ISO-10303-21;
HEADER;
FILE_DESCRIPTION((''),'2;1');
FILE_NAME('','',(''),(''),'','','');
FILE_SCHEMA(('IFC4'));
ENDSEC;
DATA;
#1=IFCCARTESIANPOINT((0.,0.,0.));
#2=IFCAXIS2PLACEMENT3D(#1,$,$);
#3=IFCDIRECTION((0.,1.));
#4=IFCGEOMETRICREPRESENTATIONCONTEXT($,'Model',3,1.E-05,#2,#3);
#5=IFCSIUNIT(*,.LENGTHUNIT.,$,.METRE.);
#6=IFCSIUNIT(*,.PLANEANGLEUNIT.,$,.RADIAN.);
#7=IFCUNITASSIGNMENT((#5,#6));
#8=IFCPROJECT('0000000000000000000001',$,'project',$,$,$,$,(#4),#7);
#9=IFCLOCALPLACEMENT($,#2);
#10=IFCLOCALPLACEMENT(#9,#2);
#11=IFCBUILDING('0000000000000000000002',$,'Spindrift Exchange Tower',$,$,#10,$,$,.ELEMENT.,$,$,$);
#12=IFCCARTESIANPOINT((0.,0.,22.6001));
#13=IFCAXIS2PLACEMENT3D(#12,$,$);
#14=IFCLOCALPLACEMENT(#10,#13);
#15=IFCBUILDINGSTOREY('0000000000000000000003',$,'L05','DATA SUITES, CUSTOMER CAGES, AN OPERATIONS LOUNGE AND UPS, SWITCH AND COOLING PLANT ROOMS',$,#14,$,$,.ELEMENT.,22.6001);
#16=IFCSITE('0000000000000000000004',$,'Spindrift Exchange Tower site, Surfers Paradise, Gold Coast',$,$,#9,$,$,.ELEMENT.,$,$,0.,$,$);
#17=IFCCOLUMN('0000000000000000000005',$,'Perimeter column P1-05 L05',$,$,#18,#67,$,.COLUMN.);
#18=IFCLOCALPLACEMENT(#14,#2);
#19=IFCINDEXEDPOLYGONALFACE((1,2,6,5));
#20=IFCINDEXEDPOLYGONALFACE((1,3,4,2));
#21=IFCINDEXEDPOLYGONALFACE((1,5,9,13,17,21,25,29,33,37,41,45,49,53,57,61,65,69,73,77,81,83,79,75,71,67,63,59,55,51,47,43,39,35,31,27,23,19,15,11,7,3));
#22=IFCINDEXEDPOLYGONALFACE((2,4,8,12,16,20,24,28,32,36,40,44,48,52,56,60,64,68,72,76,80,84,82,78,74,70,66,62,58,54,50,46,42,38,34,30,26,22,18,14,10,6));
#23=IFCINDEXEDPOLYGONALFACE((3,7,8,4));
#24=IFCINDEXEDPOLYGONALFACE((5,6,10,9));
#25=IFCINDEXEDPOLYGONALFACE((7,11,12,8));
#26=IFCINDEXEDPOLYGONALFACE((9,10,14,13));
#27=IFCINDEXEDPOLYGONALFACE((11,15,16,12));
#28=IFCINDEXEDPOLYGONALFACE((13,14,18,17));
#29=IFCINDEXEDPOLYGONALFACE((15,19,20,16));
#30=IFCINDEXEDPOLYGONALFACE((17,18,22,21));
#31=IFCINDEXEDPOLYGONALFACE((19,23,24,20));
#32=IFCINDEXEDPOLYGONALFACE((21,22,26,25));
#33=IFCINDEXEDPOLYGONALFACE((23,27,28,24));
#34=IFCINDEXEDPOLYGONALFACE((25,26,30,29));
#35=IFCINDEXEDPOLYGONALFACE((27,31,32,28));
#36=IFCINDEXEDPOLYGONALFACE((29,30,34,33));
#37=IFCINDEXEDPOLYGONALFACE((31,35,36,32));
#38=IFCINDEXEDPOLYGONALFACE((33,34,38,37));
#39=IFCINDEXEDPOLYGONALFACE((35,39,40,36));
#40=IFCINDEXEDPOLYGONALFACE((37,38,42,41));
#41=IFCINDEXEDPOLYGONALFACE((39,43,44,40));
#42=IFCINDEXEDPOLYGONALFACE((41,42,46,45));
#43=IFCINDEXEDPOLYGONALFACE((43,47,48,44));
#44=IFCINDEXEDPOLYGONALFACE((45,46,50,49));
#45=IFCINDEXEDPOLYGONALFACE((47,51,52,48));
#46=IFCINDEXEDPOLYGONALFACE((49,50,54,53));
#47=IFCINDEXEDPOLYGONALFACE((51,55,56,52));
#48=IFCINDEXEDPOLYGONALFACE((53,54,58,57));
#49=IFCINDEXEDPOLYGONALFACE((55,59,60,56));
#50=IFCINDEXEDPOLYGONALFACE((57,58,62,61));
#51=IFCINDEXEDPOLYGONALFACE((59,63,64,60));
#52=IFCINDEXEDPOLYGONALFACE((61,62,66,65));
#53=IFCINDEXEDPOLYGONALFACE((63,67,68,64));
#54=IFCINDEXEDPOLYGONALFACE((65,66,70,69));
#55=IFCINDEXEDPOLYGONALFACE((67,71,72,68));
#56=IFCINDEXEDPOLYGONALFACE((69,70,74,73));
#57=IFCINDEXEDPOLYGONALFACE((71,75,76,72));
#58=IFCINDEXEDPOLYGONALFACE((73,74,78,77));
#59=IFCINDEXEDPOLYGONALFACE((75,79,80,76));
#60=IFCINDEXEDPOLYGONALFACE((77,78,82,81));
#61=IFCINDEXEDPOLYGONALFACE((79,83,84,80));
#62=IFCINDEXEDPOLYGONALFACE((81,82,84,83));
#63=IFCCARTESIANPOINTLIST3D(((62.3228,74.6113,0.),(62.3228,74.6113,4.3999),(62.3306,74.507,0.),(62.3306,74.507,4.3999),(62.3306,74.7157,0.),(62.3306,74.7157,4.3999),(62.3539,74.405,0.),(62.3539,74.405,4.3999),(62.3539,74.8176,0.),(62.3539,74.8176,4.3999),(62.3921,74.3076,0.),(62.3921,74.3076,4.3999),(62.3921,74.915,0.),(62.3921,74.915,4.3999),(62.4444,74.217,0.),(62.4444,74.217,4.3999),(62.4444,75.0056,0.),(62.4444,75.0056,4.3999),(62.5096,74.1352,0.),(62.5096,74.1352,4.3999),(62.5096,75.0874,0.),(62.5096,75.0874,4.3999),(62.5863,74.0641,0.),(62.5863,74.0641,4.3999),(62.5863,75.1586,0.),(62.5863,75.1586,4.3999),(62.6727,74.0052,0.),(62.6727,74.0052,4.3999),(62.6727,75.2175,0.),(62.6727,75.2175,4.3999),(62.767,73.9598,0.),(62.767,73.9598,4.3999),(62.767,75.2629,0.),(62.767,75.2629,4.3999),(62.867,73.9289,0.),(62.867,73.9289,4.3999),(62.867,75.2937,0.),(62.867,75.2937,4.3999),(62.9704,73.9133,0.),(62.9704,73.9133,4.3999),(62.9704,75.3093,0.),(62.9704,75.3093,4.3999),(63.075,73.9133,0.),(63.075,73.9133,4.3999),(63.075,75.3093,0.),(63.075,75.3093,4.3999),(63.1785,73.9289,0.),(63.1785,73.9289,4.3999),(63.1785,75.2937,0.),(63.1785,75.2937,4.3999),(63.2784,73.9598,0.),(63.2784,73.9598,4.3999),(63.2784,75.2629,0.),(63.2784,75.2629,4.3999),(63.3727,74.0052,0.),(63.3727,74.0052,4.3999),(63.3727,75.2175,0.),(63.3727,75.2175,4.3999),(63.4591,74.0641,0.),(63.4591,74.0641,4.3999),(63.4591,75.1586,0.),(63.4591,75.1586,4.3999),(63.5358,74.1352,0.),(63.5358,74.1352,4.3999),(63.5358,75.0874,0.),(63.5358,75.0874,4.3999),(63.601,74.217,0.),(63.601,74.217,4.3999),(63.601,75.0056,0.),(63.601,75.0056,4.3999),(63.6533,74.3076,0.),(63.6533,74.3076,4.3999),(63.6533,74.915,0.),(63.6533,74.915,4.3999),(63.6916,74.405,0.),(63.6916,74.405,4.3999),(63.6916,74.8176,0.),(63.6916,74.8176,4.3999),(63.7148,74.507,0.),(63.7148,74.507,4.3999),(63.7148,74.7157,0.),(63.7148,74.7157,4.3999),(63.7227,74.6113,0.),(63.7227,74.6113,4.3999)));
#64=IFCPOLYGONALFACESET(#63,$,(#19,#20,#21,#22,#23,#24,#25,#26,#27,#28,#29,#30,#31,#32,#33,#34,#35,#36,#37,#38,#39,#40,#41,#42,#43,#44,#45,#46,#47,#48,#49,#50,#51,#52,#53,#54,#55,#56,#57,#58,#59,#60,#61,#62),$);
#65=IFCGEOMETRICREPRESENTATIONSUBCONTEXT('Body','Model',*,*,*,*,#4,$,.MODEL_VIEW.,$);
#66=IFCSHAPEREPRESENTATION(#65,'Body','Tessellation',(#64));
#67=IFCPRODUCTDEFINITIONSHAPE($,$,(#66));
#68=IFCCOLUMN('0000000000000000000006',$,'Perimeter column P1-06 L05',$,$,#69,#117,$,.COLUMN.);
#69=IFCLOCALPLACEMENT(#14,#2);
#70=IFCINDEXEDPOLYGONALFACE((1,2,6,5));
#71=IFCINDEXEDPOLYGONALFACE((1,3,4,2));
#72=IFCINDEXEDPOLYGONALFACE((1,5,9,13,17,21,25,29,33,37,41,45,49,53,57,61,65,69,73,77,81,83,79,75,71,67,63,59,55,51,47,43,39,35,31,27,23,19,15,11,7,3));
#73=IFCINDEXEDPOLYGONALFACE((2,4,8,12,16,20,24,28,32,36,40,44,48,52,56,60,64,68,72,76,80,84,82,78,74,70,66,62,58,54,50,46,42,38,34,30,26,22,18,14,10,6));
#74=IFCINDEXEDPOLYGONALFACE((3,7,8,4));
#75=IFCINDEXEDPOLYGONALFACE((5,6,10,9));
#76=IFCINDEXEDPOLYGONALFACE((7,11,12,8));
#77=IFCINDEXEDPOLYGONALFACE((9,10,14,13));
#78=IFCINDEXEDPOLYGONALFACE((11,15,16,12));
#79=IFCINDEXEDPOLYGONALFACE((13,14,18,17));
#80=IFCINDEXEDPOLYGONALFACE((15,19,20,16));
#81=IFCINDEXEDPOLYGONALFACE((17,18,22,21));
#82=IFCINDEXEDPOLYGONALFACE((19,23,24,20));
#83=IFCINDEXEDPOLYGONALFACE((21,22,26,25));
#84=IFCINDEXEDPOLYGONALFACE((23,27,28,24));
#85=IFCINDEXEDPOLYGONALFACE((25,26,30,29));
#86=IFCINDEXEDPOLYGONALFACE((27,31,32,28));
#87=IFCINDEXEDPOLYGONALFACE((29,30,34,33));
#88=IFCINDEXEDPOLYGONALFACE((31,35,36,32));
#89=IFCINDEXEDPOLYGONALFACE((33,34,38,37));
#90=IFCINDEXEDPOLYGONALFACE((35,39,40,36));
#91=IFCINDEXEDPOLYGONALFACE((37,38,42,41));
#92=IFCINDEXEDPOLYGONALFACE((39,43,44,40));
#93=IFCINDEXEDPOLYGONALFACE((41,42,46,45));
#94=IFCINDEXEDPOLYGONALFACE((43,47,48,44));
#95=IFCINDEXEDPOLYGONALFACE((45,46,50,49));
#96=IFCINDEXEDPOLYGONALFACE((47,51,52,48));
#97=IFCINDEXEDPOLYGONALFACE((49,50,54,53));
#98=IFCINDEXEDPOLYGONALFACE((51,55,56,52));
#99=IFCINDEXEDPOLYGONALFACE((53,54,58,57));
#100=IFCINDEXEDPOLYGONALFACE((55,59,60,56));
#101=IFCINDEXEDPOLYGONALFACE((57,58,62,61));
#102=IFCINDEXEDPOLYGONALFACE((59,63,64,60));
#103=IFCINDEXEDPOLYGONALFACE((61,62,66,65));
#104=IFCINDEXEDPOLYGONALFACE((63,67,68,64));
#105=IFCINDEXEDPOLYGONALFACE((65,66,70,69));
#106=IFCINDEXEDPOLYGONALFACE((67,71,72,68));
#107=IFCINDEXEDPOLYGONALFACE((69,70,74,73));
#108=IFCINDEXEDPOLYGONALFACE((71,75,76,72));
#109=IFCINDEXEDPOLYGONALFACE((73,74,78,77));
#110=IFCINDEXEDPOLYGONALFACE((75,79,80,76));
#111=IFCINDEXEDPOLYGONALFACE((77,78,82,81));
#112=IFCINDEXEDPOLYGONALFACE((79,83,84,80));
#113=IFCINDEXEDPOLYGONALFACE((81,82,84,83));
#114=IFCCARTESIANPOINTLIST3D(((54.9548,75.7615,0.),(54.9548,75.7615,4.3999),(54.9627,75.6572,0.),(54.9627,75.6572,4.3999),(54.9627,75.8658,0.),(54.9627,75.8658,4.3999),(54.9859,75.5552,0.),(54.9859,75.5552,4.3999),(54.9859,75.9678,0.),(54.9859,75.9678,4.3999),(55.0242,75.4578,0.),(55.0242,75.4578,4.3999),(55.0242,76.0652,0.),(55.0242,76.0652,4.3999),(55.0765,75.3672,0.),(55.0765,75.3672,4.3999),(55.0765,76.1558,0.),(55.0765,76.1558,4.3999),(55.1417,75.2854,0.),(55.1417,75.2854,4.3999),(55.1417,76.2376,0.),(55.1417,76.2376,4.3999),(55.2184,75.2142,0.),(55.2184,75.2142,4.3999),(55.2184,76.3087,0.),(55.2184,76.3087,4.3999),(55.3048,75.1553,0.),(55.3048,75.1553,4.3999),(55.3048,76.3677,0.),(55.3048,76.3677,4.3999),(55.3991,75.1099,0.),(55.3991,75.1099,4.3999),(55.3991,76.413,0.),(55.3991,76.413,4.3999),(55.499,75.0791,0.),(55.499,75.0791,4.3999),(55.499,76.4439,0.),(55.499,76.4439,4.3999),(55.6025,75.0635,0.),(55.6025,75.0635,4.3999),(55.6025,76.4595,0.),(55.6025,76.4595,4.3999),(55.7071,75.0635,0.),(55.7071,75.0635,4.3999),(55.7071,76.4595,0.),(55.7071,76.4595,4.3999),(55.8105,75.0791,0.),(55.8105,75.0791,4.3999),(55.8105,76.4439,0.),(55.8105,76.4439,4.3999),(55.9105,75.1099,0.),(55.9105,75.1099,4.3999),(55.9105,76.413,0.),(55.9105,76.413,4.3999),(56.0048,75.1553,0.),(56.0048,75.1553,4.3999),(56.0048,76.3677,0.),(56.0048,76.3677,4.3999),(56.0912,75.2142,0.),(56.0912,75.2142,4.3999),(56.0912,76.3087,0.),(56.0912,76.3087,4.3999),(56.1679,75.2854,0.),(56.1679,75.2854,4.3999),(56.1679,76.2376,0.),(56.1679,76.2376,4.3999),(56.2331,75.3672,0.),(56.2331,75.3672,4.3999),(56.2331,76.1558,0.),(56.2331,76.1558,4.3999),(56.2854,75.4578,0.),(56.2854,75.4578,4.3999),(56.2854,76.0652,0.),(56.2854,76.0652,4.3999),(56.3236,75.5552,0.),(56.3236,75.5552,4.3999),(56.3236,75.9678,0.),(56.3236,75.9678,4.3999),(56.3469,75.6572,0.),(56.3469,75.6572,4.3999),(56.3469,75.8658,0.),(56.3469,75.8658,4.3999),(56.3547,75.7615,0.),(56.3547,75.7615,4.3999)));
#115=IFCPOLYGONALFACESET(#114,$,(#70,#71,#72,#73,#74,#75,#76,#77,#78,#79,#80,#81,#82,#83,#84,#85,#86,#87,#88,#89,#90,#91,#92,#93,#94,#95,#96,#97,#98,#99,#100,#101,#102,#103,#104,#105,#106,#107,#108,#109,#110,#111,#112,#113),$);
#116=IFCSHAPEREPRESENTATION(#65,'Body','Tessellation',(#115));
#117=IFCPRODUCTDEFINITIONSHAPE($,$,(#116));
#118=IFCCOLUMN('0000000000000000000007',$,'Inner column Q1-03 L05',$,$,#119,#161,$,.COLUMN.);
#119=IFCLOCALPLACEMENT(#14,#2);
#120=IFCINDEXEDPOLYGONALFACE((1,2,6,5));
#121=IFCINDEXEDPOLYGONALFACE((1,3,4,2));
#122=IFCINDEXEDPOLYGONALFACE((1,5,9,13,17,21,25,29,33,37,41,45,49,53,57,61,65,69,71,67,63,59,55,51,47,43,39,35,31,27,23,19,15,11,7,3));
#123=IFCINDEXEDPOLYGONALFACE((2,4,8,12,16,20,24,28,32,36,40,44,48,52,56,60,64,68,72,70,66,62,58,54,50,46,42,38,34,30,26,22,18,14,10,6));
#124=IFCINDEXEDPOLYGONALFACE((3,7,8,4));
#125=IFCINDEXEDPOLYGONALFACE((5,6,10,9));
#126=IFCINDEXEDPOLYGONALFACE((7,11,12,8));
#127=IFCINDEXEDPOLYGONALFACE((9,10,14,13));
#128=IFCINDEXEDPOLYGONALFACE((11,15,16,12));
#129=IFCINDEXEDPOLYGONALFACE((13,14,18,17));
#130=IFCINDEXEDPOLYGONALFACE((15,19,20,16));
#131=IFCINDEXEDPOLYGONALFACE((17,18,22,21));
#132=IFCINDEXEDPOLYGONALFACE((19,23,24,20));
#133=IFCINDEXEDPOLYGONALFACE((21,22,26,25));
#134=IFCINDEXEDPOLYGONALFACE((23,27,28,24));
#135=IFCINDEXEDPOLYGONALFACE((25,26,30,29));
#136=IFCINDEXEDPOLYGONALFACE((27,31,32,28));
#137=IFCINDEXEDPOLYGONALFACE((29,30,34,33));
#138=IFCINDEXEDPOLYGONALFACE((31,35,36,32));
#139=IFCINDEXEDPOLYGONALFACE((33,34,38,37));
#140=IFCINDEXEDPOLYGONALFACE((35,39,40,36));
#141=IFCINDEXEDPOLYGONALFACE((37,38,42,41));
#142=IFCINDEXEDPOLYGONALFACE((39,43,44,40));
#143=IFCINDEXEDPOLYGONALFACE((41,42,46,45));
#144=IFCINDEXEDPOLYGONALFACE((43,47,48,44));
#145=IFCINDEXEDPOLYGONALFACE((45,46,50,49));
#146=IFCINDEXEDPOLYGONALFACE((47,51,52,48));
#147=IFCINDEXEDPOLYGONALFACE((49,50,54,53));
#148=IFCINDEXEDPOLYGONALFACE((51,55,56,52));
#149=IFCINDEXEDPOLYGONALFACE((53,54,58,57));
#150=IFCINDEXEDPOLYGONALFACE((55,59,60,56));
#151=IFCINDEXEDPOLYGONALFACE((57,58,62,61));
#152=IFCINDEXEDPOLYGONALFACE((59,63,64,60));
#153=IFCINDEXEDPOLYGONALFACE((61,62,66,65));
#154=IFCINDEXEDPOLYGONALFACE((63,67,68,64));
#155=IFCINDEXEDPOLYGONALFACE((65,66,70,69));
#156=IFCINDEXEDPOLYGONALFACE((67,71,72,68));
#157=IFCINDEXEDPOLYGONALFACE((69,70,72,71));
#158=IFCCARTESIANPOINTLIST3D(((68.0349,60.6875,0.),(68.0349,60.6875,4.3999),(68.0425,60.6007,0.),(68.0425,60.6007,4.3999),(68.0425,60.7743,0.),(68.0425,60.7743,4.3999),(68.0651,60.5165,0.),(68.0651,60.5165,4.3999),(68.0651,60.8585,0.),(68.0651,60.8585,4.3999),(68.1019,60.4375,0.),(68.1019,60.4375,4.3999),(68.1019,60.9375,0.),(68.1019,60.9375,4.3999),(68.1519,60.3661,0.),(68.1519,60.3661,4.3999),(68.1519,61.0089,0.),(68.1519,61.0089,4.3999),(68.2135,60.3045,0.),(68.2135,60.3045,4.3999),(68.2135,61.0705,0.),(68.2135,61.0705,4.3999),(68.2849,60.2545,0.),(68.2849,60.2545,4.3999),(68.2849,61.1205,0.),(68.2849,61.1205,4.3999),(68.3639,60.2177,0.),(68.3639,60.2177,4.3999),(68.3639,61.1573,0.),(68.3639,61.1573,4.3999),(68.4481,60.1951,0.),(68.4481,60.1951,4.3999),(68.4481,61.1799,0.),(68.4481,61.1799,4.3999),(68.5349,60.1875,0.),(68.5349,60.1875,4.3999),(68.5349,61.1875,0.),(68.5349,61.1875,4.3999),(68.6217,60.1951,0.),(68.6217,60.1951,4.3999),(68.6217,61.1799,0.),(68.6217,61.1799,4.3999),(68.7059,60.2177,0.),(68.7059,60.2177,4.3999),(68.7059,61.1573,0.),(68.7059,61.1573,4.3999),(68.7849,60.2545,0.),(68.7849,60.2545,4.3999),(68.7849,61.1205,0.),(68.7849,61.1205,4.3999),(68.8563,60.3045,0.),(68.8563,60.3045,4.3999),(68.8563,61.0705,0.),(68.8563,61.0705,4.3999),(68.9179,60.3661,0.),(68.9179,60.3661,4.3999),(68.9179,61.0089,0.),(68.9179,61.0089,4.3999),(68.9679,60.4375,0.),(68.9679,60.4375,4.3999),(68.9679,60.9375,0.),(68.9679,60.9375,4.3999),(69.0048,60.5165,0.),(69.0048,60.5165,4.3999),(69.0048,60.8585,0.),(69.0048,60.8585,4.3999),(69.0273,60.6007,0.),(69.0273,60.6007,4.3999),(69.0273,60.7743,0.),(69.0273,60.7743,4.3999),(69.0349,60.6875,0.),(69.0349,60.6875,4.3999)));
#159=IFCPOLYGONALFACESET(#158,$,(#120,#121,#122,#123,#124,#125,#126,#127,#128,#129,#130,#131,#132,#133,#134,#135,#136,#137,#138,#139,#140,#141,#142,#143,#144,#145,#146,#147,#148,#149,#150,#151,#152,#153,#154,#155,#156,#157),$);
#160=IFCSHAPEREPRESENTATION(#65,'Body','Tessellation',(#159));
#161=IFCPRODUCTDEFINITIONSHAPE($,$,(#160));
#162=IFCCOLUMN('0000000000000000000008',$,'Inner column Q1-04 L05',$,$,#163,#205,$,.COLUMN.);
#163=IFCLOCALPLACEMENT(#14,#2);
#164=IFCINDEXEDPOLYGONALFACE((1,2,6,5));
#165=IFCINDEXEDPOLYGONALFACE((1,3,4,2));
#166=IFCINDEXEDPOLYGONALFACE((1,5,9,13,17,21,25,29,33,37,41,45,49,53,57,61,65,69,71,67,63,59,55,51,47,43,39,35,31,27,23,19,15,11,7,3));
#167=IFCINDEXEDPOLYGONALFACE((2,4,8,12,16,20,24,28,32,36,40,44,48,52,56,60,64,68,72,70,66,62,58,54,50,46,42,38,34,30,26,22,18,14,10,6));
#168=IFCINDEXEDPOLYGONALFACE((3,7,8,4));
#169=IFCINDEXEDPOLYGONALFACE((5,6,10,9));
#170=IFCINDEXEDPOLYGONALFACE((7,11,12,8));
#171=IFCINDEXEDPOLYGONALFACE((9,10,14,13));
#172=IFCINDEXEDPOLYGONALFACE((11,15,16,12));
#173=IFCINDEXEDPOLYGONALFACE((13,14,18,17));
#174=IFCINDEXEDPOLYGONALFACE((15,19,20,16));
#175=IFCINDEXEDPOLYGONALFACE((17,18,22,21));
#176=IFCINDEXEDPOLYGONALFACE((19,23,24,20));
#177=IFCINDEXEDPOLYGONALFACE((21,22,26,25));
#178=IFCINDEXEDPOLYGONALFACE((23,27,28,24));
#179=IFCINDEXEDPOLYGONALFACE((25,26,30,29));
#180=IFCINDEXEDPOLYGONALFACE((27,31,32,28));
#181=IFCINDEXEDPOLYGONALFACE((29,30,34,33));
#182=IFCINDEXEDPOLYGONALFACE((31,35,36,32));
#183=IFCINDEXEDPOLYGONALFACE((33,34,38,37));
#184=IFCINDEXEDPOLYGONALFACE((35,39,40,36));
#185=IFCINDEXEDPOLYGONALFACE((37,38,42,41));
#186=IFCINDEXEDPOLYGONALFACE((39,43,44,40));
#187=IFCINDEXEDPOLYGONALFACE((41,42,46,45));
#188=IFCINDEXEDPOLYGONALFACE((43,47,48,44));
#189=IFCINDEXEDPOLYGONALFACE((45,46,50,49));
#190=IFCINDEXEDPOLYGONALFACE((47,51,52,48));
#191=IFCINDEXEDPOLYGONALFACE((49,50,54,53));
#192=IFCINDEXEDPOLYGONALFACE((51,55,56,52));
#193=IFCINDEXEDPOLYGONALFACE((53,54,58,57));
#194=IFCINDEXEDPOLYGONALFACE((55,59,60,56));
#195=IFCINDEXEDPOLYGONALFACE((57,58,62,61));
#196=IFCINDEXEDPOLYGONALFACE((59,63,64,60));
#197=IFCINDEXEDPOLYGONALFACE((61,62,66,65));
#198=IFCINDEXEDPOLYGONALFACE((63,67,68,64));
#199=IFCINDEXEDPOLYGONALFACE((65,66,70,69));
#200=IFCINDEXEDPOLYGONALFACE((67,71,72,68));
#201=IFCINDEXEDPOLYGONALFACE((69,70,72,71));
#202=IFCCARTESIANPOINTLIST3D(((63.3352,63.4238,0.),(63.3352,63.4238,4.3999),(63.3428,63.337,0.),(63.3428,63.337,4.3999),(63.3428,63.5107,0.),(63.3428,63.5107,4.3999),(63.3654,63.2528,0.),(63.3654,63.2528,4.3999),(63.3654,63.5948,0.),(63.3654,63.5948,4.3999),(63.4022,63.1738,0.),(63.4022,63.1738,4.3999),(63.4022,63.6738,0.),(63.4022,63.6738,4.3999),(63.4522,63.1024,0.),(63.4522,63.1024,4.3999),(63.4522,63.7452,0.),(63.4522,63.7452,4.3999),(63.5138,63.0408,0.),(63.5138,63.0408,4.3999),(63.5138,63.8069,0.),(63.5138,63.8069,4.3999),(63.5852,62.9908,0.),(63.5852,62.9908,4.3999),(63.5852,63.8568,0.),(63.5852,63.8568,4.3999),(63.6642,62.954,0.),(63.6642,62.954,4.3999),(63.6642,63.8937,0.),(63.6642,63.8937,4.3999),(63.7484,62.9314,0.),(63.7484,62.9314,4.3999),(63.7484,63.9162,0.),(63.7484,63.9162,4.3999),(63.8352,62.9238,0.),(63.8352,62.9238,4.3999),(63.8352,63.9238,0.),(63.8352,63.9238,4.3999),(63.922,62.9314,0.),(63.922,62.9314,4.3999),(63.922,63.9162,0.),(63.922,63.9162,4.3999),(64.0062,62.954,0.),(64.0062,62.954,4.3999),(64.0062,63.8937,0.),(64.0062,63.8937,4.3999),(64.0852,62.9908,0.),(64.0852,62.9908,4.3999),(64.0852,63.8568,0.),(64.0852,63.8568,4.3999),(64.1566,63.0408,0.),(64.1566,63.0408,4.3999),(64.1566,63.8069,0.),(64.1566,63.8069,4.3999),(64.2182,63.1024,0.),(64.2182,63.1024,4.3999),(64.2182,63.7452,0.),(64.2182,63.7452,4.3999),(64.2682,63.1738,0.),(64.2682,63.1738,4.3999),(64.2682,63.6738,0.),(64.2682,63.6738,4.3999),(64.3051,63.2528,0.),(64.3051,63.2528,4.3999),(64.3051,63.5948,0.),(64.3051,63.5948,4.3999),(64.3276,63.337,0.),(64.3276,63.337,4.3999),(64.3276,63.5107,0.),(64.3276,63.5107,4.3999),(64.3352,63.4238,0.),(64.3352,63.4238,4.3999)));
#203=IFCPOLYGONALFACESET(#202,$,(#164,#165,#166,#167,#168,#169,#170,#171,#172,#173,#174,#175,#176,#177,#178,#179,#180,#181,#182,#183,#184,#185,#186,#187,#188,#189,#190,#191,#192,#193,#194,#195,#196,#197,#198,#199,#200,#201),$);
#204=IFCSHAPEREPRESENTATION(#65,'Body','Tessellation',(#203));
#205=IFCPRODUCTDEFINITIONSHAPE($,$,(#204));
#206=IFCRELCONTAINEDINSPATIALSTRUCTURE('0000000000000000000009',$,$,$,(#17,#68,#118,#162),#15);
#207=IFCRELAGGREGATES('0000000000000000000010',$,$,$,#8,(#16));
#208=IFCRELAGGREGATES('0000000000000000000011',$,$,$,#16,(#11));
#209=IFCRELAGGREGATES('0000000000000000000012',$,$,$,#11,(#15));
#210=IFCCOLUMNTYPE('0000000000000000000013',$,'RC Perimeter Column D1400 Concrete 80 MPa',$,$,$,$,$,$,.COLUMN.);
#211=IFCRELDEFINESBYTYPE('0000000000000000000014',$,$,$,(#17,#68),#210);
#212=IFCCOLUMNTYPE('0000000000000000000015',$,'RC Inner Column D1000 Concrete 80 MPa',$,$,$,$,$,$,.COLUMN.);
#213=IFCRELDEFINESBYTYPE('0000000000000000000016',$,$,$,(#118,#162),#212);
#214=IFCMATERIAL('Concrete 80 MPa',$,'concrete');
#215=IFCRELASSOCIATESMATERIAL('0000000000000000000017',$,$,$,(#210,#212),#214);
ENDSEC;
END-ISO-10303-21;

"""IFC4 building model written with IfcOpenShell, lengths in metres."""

from ifc_helpers import new_model, si_unit, direction, frame, origin, origin_2d, place, context, subcontext, project, spatial, circle, extrude, source, transform, mapped, material, material_profile, profile_set, type_object, element, save


model = new_model("IFC4")

# Units and contexts
model_context = context("Model", 3, precision=1e-05, world=origin(), true_north=direction((0.0, 1.0)))
body_context = subcontext(model_context, "Body", "Model", "MODEL_VIEW")
ifc_project = project(units=[si_unit("LENGTHUNIT", "METRE"), si_unit("PLANEANGLEUNIT", "RADIAN")], contexts=[model_context])

# Site, building, storey
site_placement = place(None, origin())
site = spatial("IfcSite", under=ifc_project, at=site_placement, Name="Spindrift Exchange Tower site, Surfers Paradise, Gold Coast", CompositionType="ELEMENT", RefElevation=0.0)
building_placement = place(site_placement, origin())
building = spatial("IfcBuilding", under=site, at=building_placement, Name="Spindrift Exchange Tower", CompositionType="ELEMENT")
storey_placement = place(building_placement, frame((0.0, 0.0, 22.6001)))
storey = spatial("IfcBuildingStorey", under=building, at=storey_placement, Name="L05", Description="DATA SUITES, CUSTOMER CAGES, AN OPERATIONS LOUNGE AND UPS, SWITCH AND COOLING PLANT ROOMS", CompositionType="ELEMENT", Elevation=22.6001)

# Columns
ifc_material_1 = material(Name="Concrete 80 MPa", Category="concrete")
ifc_material_profile_1 = material_profile(ifc_material_1, circle(Radius=0.7, at=origin_2d()), Name="RC D1400")
ifc_profile_set_1 = profile_set([ifc_material_profile_1], Name="Concrete 80 MPa")
column_type_1 = type_object("IfcColumnType", Name="RC Perimeter Column D1400 Concrete 80 MPa", PredefinedType="COLUMN", material=ifc_profile_set_1)
shared_shape_1 = source(origin(), body_context, "Body", "SweptSolid", [
    extrude(circle(Radius=0.7, at=origin_2d()), origin(), (0.0, 0.0, 1.0), 4.3999),
])
for number, where, z_axis, x_axis, name in (
    (1, (63.0227, 74.6113, 0.0), (0.0, 0.0, 1.0), (1.0, 0.0, 0.0), "Perimeter column P1-05 L05"),
    (2, (55.6548, 75.7615, 0.0), (0.0, 0.0, 1.0), (1.0, 0.0, 0.0), "Perimeter column P1-06 L05"),
):
    element("IfcColumn", number, at=place(storey_placement, frame(where, z_axis=z_axis, x_axis=x_axis)), inside=storey, type_object=column_type_1, Name=name, PredefinedType="COLUMN", context=body_context, shape_type="MappedRepresentation", body=[
        mapped(shared_shape_1, transform((0.0, 0.0, 0.0), scale=1.0)),
    ])
ifc_material_profile_2 = material_profile(ifc_material_1, circle(Radius=0.5, at=origin_2d()), Name="RC D1000")
ifc_profile_set_2 = profile_set([ifc_material_profile_2], Name="Concrete 80 MPa")
column_type_2 = type_object("IfcColumnType", Name="RC Inner Column D1000 Concrete 80 MPa", PredefinedType="COLUMN", material=ifc_profile_set_2)
shared_shape_2 = source(origin(), body_context, "Body", "SweptSolid", [
    extrude(circle(Radius=0.5, at=origin_2d()), origin(), (0.0, 0.0, 1.0), 4.3999),
])
for number, where, z_axis, x_axis, name in (
    (3, (68.5349, 60.6875, 0.0), (0.0, 0.0, 1.0), (1.0, 0.0, 0.0), "Inner column Q1-03 L05"),
    (4, (63.8352, 63.4238, 0.0), (0.0, 0.0, 1.0), (1.0, 0.0, 0.0), "Inner column Q1-04 L05"),
):
    element("IfcColumn", number, at=place(storey_placement, frame(where, z_axis=z_axis, x_axis=x_axis)), inside=storey, type_object=column_type_2, Name=name, PredefinedType="COLUMN", context=body_context, shape_type="MappedRepresentation", body=[
        mapped(shared_shape_2, transform((0.0, 0.0, 0.0), scale=1.0)),
    ])

save(model, "model.ifc")
